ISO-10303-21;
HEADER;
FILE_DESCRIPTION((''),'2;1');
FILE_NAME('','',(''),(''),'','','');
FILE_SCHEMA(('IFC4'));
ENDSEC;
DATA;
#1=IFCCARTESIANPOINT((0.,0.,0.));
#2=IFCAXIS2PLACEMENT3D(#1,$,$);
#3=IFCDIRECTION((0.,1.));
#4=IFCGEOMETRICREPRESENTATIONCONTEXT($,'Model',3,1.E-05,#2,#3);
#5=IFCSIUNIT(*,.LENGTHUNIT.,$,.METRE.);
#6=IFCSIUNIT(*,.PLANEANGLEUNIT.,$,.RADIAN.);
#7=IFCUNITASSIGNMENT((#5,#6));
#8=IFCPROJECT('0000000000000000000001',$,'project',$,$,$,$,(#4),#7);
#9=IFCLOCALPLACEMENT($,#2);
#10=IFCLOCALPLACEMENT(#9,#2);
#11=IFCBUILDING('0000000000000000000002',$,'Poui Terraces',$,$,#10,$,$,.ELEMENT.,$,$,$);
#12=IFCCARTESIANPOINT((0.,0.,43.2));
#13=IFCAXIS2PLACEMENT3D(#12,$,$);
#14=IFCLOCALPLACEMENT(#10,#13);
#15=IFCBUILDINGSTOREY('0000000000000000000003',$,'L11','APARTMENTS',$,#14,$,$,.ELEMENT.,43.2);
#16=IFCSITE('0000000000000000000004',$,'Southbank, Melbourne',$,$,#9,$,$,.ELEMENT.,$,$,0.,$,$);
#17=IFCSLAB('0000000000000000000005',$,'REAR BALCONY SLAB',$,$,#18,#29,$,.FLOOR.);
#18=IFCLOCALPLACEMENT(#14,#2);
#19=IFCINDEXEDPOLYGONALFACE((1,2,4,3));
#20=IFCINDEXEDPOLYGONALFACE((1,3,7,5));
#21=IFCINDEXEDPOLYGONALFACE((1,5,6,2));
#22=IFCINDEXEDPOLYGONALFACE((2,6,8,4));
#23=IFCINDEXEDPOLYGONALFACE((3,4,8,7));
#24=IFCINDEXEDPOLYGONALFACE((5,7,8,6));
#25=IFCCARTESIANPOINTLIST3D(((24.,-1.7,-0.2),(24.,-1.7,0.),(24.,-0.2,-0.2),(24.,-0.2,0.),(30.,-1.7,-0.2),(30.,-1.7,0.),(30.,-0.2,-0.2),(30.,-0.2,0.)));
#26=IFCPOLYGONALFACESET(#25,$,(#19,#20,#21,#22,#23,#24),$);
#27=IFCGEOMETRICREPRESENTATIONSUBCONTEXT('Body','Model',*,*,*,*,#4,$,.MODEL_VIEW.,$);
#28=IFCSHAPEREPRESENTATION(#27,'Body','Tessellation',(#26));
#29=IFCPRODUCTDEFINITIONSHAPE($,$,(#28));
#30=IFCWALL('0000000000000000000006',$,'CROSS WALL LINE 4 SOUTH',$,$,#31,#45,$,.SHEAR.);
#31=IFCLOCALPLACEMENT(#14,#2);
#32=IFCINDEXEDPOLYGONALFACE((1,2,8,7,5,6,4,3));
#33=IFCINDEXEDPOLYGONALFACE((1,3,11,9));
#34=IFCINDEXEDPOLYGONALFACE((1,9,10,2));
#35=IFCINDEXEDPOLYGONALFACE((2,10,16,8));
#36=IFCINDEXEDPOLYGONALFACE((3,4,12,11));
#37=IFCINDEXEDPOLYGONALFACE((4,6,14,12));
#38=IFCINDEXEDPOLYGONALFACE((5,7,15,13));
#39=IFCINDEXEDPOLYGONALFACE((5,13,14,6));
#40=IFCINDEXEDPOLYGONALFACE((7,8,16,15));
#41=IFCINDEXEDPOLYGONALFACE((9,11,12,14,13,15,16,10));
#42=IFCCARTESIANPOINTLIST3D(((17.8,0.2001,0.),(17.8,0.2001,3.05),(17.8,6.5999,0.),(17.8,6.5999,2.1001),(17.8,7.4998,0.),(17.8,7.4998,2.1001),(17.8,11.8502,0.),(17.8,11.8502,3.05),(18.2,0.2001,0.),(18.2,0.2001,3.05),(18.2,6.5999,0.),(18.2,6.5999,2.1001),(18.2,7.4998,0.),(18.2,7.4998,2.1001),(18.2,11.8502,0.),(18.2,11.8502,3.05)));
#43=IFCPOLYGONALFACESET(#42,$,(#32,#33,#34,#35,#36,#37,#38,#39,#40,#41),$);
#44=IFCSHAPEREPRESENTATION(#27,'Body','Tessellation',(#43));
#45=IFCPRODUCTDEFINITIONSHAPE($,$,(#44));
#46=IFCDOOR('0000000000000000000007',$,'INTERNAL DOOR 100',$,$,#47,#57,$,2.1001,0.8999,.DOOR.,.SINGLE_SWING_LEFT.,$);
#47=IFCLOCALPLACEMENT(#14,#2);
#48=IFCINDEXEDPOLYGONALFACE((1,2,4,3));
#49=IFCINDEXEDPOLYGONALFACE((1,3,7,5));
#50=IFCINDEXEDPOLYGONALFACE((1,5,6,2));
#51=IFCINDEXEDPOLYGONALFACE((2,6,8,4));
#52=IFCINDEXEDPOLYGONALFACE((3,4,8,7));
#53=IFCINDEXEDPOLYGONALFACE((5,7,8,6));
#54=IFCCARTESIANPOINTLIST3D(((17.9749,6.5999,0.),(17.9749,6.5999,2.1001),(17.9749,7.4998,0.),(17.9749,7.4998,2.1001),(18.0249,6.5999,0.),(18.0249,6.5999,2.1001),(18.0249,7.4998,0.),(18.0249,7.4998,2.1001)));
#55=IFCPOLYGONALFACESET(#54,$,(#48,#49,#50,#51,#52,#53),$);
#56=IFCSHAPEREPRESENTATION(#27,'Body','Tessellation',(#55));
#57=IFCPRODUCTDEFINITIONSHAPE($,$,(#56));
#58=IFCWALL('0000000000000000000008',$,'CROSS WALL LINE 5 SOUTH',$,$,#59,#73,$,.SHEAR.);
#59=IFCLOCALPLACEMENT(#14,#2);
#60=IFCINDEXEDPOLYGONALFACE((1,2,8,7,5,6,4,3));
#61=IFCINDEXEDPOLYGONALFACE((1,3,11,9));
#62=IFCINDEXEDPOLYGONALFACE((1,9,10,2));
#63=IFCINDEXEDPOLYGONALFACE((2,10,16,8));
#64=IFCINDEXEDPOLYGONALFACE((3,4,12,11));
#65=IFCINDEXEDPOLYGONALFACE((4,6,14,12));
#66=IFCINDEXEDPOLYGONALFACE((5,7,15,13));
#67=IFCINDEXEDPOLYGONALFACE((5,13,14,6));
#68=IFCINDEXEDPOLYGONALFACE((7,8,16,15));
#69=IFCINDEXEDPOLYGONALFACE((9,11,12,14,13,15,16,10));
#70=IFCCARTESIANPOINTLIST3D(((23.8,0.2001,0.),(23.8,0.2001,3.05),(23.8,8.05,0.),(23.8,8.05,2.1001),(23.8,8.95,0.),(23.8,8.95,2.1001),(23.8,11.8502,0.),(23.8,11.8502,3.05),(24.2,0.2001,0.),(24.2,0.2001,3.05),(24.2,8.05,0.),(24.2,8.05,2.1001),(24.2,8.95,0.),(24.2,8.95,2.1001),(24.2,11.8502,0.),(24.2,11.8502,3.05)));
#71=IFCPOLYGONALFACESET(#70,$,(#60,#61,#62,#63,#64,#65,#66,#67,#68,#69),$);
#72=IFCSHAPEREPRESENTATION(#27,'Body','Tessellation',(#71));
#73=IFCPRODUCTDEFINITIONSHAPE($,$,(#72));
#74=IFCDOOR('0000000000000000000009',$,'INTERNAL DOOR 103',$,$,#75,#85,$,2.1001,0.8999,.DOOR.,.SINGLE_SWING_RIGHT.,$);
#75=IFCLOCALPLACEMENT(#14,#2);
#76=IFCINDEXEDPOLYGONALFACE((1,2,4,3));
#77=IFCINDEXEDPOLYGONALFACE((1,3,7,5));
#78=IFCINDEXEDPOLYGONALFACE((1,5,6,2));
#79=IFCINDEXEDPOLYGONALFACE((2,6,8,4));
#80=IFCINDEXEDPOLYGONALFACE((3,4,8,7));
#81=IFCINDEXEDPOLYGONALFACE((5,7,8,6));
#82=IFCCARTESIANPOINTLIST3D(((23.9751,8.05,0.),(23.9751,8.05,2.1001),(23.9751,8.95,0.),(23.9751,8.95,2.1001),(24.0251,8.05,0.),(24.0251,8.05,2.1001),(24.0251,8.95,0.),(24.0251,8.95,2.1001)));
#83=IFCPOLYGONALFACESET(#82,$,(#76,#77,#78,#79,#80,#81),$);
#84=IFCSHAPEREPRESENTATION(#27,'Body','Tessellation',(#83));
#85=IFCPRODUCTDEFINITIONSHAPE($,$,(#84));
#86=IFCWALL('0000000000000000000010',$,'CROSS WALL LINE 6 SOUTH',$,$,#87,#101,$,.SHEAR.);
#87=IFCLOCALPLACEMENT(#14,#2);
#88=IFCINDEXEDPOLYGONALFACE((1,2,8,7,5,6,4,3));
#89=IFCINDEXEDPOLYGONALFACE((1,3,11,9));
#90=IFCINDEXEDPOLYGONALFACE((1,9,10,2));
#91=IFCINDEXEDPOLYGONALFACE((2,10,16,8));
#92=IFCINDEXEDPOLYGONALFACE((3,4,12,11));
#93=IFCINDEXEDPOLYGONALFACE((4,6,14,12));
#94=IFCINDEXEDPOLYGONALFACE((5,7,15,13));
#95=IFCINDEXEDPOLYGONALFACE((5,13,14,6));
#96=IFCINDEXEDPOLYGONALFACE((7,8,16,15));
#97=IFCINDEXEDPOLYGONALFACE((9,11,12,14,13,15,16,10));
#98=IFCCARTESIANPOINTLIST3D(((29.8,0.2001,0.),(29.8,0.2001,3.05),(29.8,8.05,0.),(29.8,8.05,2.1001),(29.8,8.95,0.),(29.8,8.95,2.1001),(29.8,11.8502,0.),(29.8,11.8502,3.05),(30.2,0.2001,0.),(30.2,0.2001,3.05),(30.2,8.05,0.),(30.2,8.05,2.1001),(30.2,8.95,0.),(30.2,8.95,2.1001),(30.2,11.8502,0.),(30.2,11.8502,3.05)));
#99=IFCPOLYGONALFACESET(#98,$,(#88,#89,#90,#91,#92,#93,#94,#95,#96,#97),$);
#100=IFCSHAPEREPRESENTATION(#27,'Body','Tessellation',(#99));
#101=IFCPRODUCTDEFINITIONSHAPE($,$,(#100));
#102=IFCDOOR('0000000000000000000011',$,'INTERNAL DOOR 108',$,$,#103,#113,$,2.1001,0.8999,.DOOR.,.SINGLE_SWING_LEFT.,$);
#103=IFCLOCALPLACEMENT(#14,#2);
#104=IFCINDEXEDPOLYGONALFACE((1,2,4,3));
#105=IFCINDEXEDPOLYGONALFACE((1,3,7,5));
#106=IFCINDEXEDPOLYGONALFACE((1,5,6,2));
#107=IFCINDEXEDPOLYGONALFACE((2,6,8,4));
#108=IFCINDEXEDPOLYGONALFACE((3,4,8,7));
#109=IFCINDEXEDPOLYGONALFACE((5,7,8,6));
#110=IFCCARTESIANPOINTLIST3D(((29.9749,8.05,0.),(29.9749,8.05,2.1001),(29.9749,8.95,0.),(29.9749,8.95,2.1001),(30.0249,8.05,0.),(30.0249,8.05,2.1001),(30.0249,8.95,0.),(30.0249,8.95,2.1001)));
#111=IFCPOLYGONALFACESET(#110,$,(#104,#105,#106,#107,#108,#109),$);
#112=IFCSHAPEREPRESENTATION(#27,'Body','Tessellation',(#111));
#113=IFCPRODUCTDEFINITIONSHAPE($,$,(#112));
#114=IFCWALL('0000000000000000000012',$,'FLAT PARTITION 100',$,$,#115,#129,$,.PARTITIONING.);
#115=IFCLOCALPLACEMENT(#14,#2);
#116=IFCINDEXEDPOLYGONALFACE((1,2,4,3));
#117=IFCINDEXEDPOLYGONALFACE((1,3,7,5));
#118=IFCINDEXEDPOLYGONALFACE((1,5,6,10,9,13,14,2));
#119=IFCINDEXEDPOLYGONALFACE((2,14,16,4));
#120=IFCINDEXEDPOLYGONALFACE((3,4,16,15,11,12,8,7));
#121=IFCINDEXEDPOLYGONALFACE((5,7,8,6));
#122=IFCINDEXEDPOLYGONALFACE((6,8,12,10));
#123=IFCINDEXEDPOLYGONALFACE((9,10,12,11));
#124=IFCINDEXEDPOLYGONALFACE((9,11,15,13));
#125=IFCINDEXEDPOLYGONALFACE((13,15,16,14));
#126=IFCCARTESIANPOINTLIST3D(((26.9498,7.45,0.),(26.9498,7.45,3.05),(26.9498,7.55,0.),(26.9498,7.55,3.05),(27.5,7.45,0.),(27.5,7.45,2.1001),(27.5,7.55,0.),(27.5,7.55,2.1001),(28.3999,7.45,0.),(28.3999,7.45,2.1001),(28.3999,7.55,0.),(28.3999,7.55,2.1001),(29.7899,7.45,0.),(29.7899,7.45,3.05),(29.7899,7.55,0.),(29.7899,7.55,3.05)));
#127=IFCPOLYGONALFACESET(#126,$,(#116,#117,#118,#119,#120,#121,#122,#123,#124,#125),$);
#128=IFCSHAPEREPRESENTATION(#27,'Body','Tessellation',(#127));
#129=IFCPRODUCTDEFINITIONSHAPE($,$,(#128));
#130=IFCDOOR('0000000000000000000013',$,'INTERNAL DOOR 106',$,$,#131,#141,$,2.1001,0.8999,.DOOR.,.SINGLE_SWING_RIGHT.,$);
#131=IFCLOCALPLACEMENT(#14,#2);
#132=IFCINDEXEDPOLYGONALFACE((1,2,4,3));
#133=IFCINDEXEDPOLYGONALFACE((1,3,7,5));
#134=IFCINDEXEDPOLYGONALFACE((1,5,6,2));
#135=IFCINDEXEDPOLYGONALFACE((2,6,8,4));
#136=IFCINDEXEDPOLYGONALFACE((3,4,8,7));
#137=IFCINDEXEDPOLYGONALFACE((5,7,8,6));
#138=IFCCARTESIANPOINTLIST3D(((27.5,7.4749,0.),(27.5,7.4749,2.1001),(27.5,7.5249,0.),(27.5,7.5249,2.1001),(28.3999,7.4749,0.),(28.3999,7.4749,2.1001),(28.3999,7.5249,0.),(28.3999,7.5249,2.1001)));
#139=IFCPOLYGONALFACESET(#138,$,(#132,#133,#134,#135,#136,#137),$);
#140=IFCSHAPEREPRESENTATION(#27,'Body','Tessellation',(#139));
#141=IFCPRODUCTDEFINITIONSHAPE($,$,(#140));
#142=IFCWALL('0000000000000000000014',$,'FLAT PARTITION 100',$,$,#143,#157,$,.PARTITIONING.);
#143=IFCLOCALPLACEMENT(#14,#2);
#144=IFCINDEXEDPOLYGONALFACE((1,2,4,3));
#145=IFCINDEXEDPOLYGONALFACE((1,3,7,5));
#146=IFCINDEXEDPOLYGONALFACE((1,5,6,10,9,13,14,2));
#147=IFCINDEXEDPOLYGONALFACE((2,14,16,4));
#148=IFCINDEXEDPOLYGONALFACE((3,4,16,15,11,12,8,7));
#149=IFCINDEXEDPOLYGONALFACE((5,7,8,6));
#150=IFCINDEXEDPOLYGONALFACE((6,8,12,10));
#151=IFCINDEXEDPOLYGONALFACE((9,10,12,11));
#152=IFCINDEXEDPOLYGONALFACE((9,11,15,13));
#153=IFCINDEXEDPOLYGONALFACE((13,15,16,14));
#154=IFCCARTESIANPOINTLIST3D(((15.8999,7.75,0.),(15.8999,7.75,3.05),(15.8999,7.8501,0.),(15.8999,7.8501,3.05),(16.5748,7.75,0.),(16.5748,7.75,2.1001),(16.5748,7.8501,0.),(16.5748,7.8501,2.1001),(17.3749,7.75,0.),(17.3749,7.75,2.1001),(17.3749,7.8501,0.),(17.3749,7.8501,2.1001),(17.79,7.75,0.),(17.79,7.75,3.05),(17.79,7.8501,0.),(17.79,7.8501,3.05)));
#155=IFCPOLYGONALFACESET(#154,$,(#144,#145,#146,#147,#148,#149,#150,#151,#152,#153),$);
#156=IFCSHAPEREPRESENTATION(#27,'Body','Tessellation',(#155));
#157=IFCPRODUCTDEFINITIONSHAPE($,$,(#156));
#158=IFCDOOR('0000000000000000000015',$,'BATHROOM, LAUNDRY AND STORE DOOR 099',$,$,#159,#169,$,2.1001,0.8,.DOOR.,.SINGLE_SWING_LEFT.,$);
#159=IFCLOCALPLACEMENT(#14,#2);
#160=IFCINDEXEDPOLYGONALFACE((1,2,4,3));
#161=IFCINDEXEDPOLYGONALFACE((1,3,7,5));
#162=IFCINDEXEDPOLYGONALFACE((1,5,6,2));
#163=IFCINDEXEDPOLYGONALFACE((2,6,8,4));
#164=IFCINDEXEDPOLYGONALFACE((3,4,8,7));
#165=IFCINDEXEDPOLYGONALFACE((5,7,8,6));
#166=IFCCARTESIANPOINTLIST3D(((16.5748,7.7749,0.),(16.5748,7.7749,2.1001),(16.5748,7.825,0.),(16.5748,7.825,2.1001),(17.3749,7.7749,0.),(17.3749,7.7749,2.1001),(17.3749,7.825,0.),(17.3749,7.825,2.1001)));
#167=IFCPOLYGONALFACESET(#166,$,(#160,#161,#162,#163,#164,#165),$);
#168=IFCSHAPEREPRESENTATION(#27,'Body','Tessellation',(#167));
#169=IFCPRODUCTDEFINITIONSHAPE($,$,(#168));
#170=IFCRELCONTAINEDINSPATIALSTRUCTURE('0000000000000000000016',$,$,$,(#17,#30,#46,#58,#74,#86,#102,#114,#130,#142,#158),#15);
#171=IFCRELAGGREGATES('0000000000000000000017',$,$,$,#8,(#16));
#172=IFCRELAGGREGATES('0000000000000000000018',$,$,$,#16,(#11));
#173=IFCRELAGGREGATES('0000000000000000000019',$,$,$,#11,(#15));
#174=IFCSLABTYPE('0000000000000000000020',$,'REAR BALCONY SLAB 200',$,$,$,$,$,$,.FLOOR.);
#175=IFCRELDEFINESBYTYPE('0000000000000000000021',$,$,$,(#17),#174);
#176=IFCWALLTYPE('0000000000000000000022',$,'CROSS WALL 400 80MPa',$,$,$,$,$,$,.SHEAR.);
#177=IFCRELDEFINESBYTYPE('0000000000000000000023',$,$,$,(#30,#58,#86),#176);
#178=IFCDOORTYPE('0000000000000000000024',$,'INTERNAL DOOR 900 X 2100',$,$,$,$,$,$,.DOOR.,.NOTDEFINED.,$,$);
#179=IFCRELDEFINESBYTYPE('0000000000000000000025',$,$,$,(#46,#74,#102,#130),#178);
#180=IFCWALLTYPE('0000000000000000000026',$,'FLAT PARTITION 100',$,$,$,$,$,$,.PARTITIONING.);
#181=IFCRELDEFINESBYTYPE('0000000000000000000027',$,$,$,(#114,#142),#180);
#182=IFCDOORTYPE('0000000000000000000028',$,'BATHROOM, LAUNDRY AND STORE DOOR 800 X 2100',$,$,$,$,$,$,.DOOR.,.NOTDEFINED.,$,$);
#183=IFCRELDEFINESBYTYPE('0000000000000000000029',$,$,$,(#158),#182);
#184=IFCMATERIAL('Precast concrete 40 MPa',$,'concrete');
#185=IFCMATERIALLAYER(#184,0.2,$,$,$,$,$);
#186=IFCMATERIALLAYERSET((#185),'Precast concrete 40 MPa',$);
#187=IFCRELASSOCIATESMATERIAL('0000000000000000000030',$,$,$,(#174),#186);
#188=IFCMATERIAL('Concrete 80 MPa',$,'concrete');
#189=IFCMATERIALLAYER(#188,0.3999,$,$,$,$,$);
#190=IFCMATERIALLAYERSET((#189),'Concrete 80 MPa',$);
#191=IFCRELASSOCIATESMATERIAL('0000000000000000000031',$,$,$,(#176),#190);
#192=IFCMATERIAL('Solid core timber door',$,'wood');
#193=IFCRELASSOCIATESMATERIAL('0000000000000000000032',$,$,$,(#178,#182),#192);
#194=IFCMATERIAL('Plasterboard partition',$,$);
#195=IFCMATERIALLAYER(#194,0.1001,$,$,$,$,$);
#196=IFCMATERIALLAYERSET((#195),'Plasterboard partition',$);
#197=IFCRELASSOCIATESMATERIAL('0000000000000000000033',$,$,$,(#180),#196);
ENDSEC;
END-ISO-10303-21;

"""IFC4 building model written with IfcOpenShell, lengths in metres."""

from ifc_helpers import new_model, si_unit, direction, frame, frame_2d, origin, place, context, subcontext, project, spatial, polyline, rectangle, outline, extrude, source, transform, mapped, material, layer, layer_set, type_object, element, fill, save


model = new_model("IFC4")

# Units and contexts
model_context = context("Model", 3, precision=1e-05, world=origin(), true_north=direction((0.0, 1.0)))
body_context = subcontext(model_context, "Body", "Model", "MODEL_VIEW")
ifc_project = project(units=[si_unit("LENGTHUNIT", "METRE"), si_unit("PLANEANGLEUNIT", "RADIAN")], contexts=[model_context])

# Site, building, storey
site_placement = place(None, origin())
site = spatial("IfcSite", under=ifc_project, at=site_placement, Name="Southbank, Melbourne", CompositionType="ELEMENT", RefElevation=0.0)
building_placement = place(site_placement, origin())
building = spatial("IfcBuilding", under=site, at=building_placement, Name="Poui Terraces", CompositionType="ELEMENT")
storey_placement = place(building_placement, frame((0.0, 0.0, 43.2)))
storey = spatial("IfcBuildingStorey", under=building, at=storey_placement, Name="L11", Description="APARTMENTS", CompositionType="ELEMENT", Elevation=43.2)

# Slab
ifc_material_1 = material(Name="Precast concrete 40 MPa", Category="concrete")
ifc_layer_1 = layer(ifc_material_1, 0.2)
ifc_layer_set_1 = layer_set([ifc_layer_1], Name="Precast concrete 40 MPa")
slab_type = type_object("IfcSlabType", Name="REAR BALCONY SLAB 200", PredefinedType="FLOOR", material=ifc_layer_set_1)
shared_shape_1 = source(origin(), body_context, "Body", "SweptSolid", [
    extrude(outline(polyline([(0.0, 0.0), (6.0, 0.0), (6.0, 1.5), (0.0, 1.5), (0.0, 0.0)])), origin(), (0.0, 0.0, 1.0), 0.2),
])
slab_placement = place(storey_placement, frame((24.0, -1.7, -0.2)))
element("IfcSlab", 1, at=slab_placement, inside=storey, type_object=slab_type, Name="REAR BALCONY SLAB", PredefinedType="FLOOR", context=body_context, shape_type="MappedRepresentation", body=[
    mapped(shared_shape_1, transform((0.0, 0.0, 0.0))),
])

# Walls, openings, doors
ifc_material_2 = material(Name="Concrete 80 MPa", Category="concrete")
ifc_layer_2 = layer(ifc_material_2, 0.3999)
ifc_layer_set_2 = layer_set([ifc_layer_2], Name="Concrete 80 MPa")
wall_type_1 = type_object("IfcWallType", Name="CROSS WALL 400 80MPa", PredefinedType="SHEAR", material=ifc_layer_set_2)
wall_1_placement = place(storey_placement, frame((18.0, 0.2, 0.0), z_axis=(0.0, 0.0, 1.0), x_axis=(0.0, 1.0, 0.0)))
wall_1 = element("IfcWall", 2, at=wall_1_placement, inside=storey, type_object=wall_type_1, Name="CROSS WALL LINE 4 SOUTH", PredefinedType="SHEAR", context=body_context, shape_type="SweptSolid", body=[
    extrude(rectangle(XDim=11.6501, YDim=0.3999, at=frame_2d((5.8252, 0.0))), origin(), (0.0, 0.0, 1.0), 3.05),
])
opening_1_placement = place(wall_1_placement, frame((6.3999, 0.0, 0.0)))
opening_1 = element("IfcOpeningElement", 3, at=opening_1_placement, cuts=wall_1, PredefinedType="OPENING", context=body_context, shape_type="SweptSolid", body=[
    extrude(rectangle(XDim=0.8999, YDim=2.1001, at=frame_2d((0.45, 1.05))), frame((0.0, 0.21, 0.0), z_axis=(0.0, -1.0, 0.0), x_axis=(1.0, 0.0, 0.0)), (0.0, 0.0, 1.0), 0.4199),
])
ifc_material_3 = material(Name="Solid core timber door", Category="wood")
door_type_1 = type_object("IfcDoorType", Name="INTERNAL DOOR 900 X 2100", OperationType="NOTDEFINED", PredefinedType="DOOR", material=ifc_material_3)
door_1_placement = place(opening_1_placement, frame((0.8999, 0.0, 0.0), z_axis=(0.0, 0.0, 1.0), x_axis=(-1.0, 0.0, 0.0)))
door_1 = element("IfcDoor", 4, at=door_1_placement, inside=storey, type_object=door_type_1, Name="INTERNAL DOOR 100", OperationType="SINGLE_SWING_LEFT", OverallHeight=2.1001, OverallWidth=0.8999, PredefinedType="DOOR", context=body_context, shape_type="SweptSolid", body=[
    extrude(rectangle(XDim=0.8999, YDim=2.1001, at=frame_2d((0.45, 1.05))), frame((0.0, 0.0249, 0.0), z_axis=(0.0, -1.0, 0.0), x_axis=(1.0, 0.0, 0.0)), (0.0, 0.0, 1.0), 0.05),
])
fill(opening_1, door_1)
wall_2_placement = place(storey_placement, frame((24.0, 0.2, 0.0), z_axis=(0.0, 0.0, 1.0), x_axis=(0.0, 1.0, 0.0)))
wall_2 = element("IfcWall", 5, at=wall_2_placement, inside=storey, type_object=wall_type_1, Name="CROSS WALL LINE 5 SOUTH", PredefinedType="SHEAR", context=body_context, shape_type="SweptSolid", body=[
    extrude(rectangle(XDim=11.6501, YDim=0.3999, at=frame_2d((5.8252, 0.0))), origin(), (0.0, 0.0, 1.0), 3.05),
])
opening_2_placement = place(wall_2_placement, frame((7.8501, 0.0, 0.0)))
opening_2 = element("IfcOpeningElement", 6, at=opening_2_placement, cuts=wall_2, PredefinedType="OPENING", context=body_context, shape_type="SweptSolid", body=[
    extrude(rectangle(XDim=0.8999, YDim=2.1001, at=frame_2d((0.45, 1.05))), frame((0.0, 0.21, 0.0), z_axis=(0.0, -1.0, 0.0), x_axis=(1.0, 0.0, 0.0)), (0.0, 0.0, 1.0), 0.4199),
])
door_2_placement = place(opening_2_placement, origin())
door_2 = element("IfcDoor", 7, at=door_2_placement, inside=storey, type_object=door_type_1, Name="INTERNAL DOOR 103", OperationType="SINGLE_SWING_RIGHT", OverallHeight=2.1001, OverallWidth=0.8999, PredefinedType="DOOR", context=body_context, shape_type="SweptSolid", body=[
    extrude(rectangle(XDim=0.8999, YDim=2.1001, at=frame_2d((0.45, 1.05))), frame((0.0, 0.0249, 0.0), z_axis=(0.0, -1.0, 0.0), x_axis=(1.0, 0.0, 0.0)), (0.0, 0.0, 1.0), 0.05),
])
fill(opening_2, door_2)
wall_3_placement = place(storey_placement, frame((30.0, 0.2, 0.0), z_axis=(0.0, 0.0, 1.0), x_axis=(0.0, 1.0, 0.0)))
wall_3 = element("IfcWall", 8, at=wall_3_placement, inside=storey, type_object=wall_type_1, Name="CROSS WALL LINE 6 SOUTH", PredefinedType="SHEAR", context=body_context, shape_type="SweptSolid", body=[
    extrude(rectangle(XDim=11.6501, YDim=0.3999, at=frame_2d((5.8252, 0.0))), origin(), (0.0, 0.0, 1.0), 3.05),
])
opening_3_placement = place(wall_3_placement, frame((7.8501, 0.0, 0.0)))
opening_3 = element("IfcOpeningElement", 9, at=opening_3_placement, cuts=wall_3, PredefinedType="OPENING", context=body_context, shape_type="SweptSolid", body=[
    extrude(rectangle(XDim=0.8999, YDim=2.1001, at=frame_2d((0.45, 1.05))), frame((0.0, 0.21, 0.0), z_axis=(0.0, -1.0, 0.0), x_axis=(1.0, 0.0, 0.0)), (0.0, 0.0, 1.0), 0.4199),
])
door_3_placement = place(opening_3_placement, frame((0.8999, 0.0, 0.0), z_axis=(0.0, 0.0, 1.0), x_axis=(-1.0, 0.0, 0.0)))
door_3 = element("IfcDoor", 10, at=door_3_placement, inside=storey, type_object=door_type_1, Name="INTERNAL DOOR 108", OperationType="SINGLE_SWING_LEFT", OverallHeight=2.1001, OverallWidth=0.8999, PredefinedType="DOOR", context=body_context, shape_type="SweptSolid", body=[
    extrude(rectangle(XDim=0.8999, YDim=2.1001, at=frame_2d((0.45, 1.05))), frame((0.0, 0.0249, 0.0), z_axis=(0.0, -1.0, 0.0), x_axis=(1.0, 0.0, 0.0)), (0.0, 0.0, 1.0), 0.05),
])
fill(opening_3, door_3)
ifc_material_4 = material(Name="Plasterboard partition")
ifc_layer_3 = layer(ifc_material_4, 0.1001)
ifc_layer_set_3 = layer_set([ifc_layer_3], Name="Plasterboard partition")
wall_type_2 = type_object("IfcWallType", Name="FLAT PARTITION 100", PredefinedType="PARTITIONING", material=ifc_layer_set_3)
wall_4_placement = place(storey_placement, frame((26.95, 7.5, 0.0), z_axis=(0.0, 0.0, 1.0), x_axis=(1.0, 0.0, 0.0)))
wall_4 = element("IfcWall", 11, at=wall_4_placement, inside=storey, type_object=wall_type_2, Name="FLAT PARTITION 100", PredefinedType="PARTITIONING", context=body_context, shape_type="SweptSolid", body=[
    extrude(rectangle(XDim=2.8401, YDim=0.1001, at=frame_2d((1.4199, 0.0))), origin(), (0.0, 0.0, 1.0), 3.05),
])
opening_4_placement = place(wall_4_placement, frame((0.55, 0.0, 0.0)))
opening_4 = element("IfcOpeningElement", 12, at=opening_4_placement, cuts=wall_4, PredefinedType="OPENING", context=body_context, shape_type="SweptSolid", body=[
    extrude(rectangle(XDim=0.8999, YDim=2.1001, at=frame_2d((0.45, 1.05))), frame((0.0, 0.0601, 0.0), z_axis=(0.0, -1.0, 0.0), x_axis=(1.0, 0.0, 0.0)), (0.0, 0.0, 1.0), 0.1201),
])
door_4_placement = place(opening_4_placement, origin())
door_4 = element("IfcDoor", 13, at=door_4_placement, inside=storey, type_object=door_type_1, Name="INTERNAL DOOR 106", OperationType="SINGLE_SWING_RIGHT", OverallHeight=2.1001, OverallWidth=0.8999, PredefinedType="DOOR", context=body_context, shape_type="SweptSolid", body=[
    extrude(rectangle(XDim=0.8999, YDim=2.1001, at=frame_2d((0.45, 1.05))), frame((0.0, 0.0249, 0.0), z_axis=(0.0, -1.0, 0.0), x_axis=(1.0, 0.0, 0.0)), (0.0, 0.0, 1.0), 0.05),
])
fill(opening_4, door_4)
wall_5_placement = place(storey_placement, frame((15.8999, 7.8, 0.0), z_axis=(0.0, 0.0, 1.0), x_axis=(1.0, 0.0, 0.0)))
wall_5 = element("IfcWall", 14, at=wall_5_placement, inside=storey, type_object=wall_type_2, Name="FLAT PARTITION 100", PredefinedType="PARTITIONING", context=body_context, shape_type="SweptSolid", body=[
    extrude(rectangle(XDim=1.8901, YDim=0.1001, at=frame_2d((0.9451, 0.0))), origin(), (0.0, 0.0, 1.0), 3.05),
])
opening_5_placement = place(wall_5_placement, frame((0.675, 0.0, 0.0)))
opening_5 = element("IfcOpeningElement", 15, at=opening_5_placement, cuts=wall_5, PredefinedType="OPENING", context=body_context, shape_type="SweptSolid", body=[
    extrude(rectangle(XDim=0.8, YDim=2.1001, at=frame_2d((0.3999, 1.05))), frame((0.0, 0.0601, 0.0), z_axis=(0.0, -1.0, 0.0), x_axis=(1.0, 0.0, 0.0)), (0.0, 0.0, 1.0), 0.1201),
])
door_type_2 = type_object("IfcDoorType", Name="BATHROOM, LAUNDRY AND STORE DOOR 800 X 2100", OperationType="NOTDEFINED", PredefinedType="DOOR", material=ifc_material_3)
door_5_placement = place(opening_5_placement, origin())
door_5 = element("IfcDoor", 16, at=door_5_placement, inside=storey, type_object=door_type_2, Name="BATHROOM, LAUNDRY AND STORE DOOR 099", OperationType="SINGLE_SWING_LEFT", OverallHeight=2.1001, OverallWidth=0.8, PredefinedType="DOOR", context=body_context, shape_type="SweptSolid", body=[
    extrude(rectangle(XDim=0.8, YDim=2.1001, at=frame_2d((0.3999, 1.05))), frame((0.0, 0.0249, 0.0), z_axis=(0.0, -1.0, 0.0), x_axis=(1.0, 0.0, 0.0)), (0.0, 0.0, 1.0), 0.05),
])
fill(opening_5, door_5)

save(model, "model.ifc")
